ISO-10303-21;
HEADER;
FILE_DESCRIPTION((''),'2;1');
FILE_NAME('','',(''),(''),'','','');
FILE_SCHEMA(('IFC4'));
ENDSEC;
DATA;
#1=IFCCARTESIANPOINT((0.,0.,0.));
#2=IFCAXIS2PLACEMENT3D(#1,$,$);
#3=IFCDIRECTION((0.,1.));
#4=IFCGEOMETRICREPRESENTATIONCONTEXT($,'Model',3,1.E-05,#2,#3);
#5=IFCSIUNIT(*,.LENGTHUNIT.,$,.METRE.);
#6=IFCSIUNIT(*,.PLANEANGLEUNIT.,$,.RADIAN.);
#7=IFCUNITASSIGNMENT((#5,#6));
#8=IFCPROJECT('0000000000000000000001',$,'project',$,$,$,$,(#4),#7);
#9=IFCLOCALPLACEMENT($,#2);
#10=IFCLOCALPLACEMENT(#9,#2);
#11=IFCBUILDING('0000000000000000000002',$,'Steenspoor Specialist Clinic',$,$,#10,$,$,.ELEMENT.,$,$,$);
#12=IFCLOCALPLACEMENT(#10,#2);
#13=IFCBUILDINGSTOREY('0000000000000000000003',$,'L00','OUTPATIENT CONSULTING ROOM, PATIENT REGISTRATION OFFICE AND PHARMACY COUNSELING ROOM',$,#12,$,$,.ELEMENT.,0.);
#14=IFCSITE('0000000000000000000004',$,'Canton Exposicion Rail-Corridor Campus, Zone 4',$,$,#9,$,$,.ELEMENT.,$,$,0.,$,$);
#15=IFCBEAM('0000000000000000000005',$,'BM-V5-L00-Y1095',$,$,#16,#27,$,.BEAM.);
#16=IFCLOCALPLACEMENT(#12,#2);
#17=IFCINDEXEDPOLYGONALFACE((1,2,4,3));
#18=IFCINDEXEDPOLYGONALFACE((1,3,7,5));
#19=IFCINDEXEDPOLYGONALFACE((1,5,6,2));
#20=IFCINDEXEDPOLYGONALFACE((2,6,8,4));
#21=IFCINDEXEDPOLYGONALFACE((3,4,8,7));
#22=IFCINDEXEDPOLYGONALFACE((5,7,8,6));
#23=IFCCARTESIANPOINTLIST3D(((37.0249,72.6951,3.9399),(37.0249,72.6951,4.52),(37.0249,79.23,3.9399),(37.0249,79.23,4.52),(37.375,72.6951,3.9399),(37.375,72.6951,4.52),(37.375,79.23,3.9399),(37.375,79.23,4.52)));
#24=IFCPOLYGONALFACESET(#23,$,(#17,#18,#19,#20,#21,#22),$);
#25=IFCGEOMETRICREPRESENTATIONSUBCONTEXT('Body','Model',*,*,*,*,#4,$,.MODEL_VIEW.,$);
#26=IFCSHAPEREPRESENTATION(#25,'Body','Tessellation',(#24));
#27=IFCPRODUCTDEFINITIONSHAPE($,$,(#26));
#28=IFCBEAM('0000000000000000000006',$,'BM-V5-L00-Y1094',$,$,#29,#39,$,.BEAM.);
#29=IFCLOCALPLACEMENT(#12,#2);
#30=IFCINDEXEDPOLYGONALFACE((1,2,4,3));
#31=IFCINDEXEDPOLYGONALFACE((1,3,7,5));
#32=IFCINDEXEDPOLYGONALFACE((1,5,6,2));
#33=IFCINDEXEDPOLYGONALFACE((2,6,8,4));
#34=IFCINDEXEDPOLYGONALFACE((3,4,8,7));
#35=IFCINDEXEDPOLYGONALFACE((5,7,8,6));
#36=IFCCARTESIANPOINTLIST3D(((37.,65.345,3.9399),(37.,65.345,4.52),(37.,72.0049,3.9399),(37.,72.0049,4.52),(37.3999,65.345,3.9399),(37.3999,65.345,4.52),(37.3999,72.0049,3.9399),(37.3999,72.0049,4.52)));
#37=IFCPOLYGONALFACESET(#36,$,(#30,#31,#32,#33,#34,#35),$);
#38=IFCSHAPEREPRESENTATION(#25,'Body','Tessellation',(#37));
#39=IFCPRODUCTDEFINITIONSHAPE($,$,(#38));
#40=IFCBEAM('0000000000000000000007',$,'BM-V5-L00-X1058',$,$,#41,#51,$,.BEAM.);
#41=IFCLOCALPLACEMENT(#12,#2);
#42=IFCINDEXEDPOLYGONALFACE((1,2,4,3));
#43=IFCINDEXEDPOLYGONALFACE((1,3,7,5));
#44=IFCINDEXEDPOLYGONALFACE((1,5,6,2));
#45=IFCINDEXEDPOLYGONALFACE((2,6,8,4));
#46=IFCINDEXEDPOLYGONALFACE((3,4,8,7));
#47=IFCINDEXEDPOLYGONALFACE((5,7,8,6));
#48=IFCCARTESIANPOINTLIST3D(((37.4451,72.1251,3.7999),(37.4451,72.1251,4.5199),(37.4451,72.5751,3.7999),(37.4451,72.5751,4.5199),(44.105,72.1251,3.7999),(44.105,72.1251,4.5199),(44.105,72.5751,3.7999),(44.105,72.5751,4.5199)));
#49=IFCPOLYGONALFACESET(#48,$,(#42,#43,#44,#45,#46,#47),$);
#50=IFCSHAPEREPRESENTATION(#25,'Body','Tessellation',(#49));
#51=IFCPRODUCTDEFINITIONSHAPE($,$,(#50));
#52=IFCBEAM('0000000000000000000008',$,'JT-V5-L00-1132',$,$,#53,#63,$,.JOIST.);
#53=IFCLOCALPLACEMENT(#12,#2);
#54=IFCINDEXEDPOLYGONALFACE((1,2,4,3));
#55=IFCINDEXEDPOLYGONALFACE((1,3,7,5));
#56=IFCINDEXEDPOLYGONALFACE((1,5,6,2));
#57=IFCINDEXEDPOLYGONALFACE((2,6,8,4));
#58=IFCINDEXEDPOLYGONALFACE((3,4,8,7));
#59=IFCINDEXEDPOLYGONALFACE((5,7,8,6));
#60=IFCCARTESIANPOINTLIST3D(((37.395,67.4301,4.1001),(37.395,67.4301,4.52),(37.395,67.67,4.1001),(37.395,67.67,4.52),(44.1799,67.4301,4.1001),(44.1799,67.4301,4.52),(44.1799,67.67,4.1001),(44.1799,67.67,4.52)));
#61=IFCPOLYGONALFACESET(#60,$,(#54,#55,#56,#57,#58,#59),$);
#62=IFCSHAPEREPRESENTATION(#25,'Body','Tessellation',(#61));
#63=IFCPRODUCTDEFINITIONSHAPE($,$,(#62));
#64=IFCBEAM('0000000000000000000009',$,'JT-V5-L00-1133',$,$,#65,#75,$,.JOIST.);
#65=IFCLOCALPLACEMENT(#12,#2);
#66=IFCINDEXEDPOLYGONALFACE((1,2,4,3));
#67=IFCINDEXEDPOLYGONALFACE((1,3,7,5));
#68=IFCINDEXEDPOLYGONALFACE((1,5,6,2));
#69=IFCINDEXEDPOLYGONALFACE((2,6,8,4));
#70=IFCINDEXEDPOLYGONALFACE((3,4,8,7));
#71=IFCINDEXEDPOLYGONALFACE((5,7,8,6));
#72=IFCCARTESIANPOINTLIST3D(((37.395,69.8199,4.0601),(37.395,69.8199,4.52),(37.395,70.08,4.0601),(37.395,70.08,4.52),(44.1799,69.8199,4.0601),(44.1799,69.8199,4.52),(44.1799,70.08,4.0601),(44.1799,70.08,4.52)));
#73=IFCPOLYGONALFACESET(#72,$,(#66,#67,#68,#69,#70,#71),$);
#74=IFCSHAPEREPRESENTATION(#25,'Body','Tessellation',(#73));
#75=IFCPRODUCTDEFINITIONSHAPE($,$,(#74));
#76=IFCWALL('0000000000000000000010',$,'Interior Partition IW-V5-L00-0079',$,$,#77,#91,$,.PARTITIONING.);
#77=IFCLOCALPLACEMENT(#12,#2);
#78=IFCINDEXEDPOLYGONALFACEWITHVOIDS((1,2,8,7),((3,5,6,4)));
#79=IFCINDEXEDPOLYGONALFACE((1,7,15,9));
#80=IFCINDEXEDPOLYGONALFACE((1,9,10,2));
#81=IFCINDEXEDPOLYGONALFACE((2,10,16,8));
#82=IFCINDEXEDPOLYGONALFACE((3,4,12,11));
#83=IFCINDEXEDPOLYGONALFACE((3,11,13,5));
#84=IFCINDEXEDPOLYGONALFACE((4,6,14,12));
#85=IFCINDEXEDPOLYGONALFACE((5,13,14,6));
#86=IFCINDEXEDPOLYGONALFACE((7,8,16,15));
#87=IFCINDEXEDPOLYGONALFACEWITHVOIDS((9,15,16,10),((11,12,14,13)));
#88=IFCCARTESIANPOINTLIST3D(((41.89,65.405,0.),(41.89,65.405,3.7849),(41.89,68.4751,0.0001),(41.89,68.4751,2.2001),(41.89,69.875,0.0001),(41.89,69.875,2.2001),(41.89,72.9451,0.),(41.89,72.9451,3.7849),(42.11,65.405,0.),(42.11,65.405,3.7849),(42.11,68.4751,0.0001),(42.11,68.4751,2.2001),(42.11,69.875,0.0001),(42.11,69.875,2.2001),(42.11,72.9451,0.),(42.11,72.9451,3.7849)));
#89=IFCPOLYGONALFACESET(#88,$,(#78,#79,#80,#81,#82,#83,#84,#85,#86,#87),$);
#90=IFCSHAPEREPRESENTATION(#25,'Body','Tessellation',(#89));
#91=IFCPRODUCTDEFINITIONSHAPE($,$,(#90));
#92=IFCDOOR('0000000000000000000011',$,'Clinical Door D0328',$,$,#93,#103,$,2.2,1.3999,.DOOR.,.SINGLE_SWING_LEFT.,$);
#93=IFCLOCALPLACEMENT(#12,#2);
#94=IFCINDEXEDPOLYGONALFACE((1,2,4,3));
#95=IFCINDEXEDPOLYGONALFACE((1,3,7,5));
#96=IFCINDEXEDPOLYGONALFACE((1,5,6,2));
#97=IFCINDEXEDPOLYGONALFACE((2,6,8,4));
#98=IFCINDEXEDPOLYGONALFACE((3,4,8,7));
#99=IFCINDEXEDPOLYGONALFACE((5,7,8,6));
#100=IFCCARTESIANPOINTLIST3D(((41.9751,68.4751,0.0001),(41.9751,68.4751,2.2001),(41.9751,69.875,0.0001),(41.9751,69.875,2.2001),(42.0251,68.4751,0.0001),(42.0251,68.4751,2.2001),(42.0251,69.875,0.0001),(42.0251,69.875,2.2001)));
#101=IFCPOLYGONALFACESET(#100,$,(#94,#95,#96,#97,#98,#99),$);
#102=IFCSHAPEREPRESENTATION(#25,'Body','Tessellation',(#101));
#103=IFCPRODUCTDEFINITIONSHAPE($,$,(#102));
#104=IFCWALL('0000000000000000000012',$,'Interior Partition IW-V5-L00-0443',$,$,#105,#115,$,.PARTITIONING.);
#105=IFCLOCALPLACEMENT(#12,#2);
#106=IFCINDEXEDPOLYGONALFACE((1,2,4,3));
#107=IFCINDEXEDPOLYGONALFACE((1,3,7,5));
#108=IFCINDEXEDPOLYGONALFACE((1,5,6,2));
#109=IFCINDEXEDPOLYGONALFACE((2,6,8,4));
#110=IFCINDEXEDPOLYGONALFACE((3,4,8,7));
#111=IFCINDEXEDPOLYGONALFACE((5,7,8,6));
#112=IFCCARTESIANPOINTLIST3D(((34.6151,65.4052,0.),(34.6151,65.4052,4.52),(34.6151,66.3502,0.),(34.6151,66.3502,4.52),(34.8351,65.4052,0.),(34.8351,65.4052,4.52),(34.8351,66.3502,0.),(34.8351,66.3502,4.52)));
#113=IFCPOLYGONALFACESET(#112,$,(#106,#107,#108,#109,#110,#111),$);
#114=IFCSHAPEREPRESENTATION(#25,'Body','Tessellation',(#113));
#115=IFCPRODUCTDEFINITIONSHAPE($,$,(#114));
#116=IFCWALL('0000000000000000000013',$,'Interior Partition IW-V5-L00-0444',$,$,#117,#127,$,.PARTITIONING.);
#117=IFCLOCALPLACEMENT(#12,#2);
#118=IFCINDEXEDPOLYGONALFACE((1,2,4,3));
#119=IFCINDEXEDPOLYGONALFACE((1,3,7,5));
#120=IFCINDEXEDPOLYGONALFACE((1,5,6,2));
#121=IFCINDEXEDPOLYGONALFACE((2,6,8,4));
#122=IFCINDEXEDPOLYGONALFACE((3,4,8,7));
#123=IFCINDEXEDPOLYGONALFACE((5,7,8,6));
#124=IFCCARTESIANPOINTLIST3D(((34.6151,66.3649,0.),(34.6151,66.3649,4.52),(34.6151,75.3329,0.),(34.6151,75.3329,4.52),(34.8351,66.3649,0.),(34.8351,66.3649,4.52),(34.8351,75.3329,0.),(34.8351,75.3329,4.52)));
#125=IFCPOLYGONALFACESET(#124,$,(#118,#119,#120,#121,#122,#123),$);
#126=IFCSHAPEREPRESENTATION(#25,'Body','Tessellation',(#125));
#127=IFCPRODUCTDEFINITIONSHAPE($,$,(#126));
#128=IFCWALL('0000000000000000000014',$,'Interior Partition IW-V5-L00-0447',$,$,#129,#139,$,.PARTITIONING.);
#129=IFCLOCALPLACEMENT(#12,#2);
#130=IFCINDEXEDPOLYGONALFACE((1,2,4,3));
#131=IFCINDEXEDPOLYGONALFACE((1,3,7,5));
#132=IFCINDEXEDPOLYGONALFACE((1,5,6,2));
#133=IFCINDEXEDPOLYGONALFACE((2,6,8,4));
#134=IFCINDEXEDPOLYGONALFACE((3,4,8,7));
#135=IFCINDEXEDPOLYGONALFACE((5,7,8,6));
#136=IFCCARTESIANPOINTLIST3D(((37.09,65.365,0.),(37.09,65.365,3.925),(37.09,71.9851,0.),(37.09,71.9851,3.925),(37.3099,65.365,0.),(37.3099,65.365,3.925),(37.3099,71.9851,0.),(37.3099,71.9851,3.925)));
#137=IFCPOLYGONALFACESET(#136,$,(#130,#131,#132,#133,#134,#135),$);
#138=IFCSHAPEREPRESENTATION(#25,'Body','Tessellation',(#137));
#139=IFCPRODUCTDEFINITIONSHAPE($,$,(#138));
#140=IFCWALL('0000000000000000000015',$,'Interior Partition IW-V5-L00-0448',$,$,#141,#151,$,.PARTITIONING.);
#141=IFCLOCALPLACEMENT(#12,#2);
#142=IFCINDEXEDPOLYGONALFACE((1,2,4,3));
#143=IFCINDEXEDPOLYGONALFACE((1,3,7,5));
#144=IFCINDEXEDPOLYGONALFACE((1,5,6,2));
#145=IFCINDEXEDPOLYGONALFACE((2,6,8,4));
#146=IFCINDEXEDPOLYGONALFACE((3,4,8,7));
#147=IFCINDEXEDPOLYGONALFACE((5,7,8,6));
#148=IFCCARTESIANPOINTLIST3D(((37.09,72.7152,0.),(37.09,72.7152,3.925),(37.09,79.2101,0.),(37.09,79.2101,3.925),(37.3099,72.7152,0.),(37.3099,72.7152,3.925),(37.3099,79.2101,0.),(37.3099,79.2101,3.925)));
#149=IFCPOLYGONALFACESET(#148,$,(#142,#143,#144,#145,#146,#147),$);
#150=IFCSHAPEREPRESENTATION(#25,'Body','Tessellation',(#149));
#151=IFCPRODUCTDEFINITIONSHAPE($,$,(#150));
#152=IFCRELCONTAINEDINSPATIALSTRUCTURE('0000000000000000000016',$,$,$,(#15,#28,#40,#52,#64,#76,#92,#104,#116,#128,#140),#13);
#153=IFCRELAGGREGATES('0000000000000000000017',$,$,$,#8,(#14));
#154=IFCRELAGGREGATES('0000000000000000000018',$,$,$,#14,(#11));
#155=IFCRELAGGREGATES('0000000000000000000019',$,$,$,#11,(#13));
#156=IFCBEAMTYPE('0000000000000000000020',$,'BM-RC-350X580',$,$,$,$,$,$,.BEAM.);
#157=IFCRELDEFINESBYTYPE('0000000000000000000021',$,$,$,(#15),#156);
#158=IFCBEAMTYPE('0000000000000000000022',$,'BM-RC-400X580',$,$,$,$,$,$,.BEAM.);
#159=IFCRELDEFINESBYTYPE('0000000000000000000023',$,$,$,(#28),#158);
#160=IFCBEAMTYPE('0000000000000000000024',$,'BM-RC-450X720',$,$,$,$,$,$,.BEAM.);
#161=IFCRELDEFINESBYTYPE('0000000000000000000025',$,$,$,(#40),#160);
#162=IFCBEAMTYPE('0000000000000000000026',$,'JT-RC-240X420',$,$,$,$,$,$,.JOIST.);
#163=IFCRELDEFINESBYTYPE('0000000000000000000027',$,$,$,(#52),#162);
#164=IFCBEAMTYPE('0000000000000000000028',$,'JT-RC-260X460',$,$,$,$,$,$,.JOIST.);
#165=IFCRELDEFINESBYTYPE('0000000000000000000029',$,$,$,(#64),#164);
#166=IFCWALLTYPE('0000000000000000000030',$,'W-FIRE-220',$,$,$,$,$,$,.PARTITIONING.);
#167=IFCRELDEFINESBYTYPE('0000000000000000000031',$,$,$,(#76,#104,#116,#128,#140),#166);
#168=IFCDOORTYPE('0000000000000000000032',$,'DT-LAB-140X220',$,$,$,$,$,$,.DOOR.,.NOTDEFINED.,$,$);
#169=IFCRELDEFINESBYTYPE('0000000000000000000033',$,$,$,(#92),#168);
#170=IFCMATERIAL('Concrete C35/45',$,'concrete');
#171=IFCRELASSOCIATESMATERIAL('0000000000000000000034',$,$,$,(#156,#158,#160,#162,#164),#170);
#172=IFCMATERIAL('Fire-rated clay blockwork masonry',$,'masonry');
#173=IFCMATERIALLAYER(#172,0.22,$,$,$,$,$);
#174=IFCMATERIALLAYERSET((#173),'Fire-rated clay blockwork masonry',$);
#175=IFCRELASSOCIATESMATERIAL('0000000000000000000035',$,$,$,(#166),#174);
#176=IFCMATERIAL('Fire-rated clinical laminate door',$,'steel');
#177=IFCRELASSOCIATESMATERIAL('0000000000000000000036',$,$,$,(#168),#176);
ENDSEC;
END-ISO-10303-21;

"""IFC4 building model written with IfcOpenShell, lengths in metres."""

from ifc_helpers import new_model, si_unit, direction, frame, frame_2d, origin, origin_2d, place, context, subcontext, project, spatial, rectangle, extrude, material, layer, layer_set, material_profile, profile_set, type_object, element, fill, save


model = new_model("IFC4")

# Units and contexts
model_context = context("Model", 3, precision=1e-05, world=origin(), true_north=direction((0.0, 1.0)))
body_context = subcontext(model_context, "Body", "Model", "MODEL_VIEW")
ifc_project = project(units=[si_unit("LENGTHUNIT", "METRE"), si_unit("PLANEANGLEUNIT", "RADIAN")], contexts=[model_context])

# Site, building, storey
site_placement = place(None, origin())
site = spatial("IfcSite", under=ifc_project, at=site_placement, Name="Canton Exposicion Rail-Corridor Campus, Zone 4", CompositionType="ELEMENT", RefElevation=0.0)
building_placement = place(site_placement, origin())
building = spatial("IfcBuilding", under=site, at=building_placement, Name="Steenspoor Specialist Clinic", CompositionType="ELEMENT")
storey_placement = place(building_placement, origin())
storey = spatial("IfcBuildingStorey", under=building, at=storey_placement, Name="L00", Description="OUTPATIENT CONSULTING ROOM, PATIENT REGISTRATION OFFICE AND PHARMACY COUNSELING ROOM", CompositionType="ELEMENT", Elevation=0.0)

# Shared definitions
ifc_material_1 = material(Name="Concrete C35/45", Category="concrete")

# Beams
ifc_material_profile_1 = material_profile(ifc_material_1, rectangle(XDim=0.3501, YDim=0.5801, at=origin_2d()), Name="RC-BM-350X580")
ifc_profile_set_1 = profile_set([ifc_material_profile_1], Name="Concrete C35/45")
beam_type_1 = type_object("IfcBeamType", Name="BM-RC-350X580", PredefinedType="BEAM", material=ifc_profile_set_1)
beam_1_placement = place(storey_placement, frame((37.2, 72.6951, 4.23), z_axis=(0.0, 1.0, 0.0), x_axis=(-1.0, 0.0, 0.0)))
element("IfcBeam", 1, at=beam_1_placement, inside=storey, type_object=beam_type_1, Name="BM-V5-L00-Y1095", PredefinedType="BEAM", context=body_context, shape_type="SweptSolid", body=[
    extrude(rectangle(XDim=0.3501, YDim=0.5801, at=origin_2d()), origin(), (0.0, 0.0, 1.0), 6.5349),
])
ifc_material_profile_2 = material_profile(ifc_material_1, rectangle(XDim=0.3999, YDim=0.5801, at=origin_2d()), Name="RC-BM-400X580")
ifc_profile_set_2 = profile_set([ifc_material_profile_2], Name="Concrete C35/45")
beam_type_2 = type_object("IfcBeamType", Name="BM-RC-400X580", PredefinedType="BEAM", material=ifc_profile_set_2)
beam_2_placement = place(storey_placement, frame((37.2, 65.345, 4.23), z_axis=(0.0, 1.0, 0.0), x_axis=(-1.0, 0.0, 0.0)))
element("IfcBeam", 2, at=beam_2_placement, inside=storey, type_object=beam_type_2, Name="BM-V5-L00-Y1094", PredefinedType="BEAM", context=body_context, shape_type="SweptSolid", body=[
    extrude(rectangle(XDim=0.3999, YDim=0.5801, at=origin_2d()), origin(), (0.0, 0.0, 1.0), 6.6599),
])
ifc_material_profile_3 = material_profile(ifc_material_1, rectangle(XDim=0.45, YDim=0.72, at=origin_2d()), Name="RC-BM-450X720")
ifc_profile_set_3 = profile_set([ifc_material_profile_3], Name="Concrete C35/45")
beam_type_3 = type_object("IfcBeamType", Name="BM-RC-450X720", PredefinedType="BEAM", material=ifc_profile_set_3)
beam_3_placement = place(storey_placement, frame((37.4451, 72.3501, 4.1599), z_axis=(1.0, 0.0, 0.0), x_axis=(0.0, 1.0, 0.0)))
element("IfcBeam", 3, at=beam_3_placement, inside=storey, type_object=beam_type_3, Name="BM-V5-L00-X1058", PredefinedType="BEAM", context=body_context, shape_type="SweptSolid", body=[
    extrude(rectangle(XDim=0.45, YDim=0.72, at=origin_2d()), origin(), (0.0, 0.0, 1.0), 6.6599),
])
ifc_material_profile_4 = material_profile(ifc_material_1, rectangle(XDim=0.24, YDim=0.4199, at=origin_2d()), Name="RC-JT-240X420")
ifc_profile_set_4 = profile_set([ifc_material_profile_4], Name="Concrete C35/45")
beam_type_4 = type_object("IfcBeamType", Name="JT-RC-240X420", PredefinedType="JOIST", material=ifc_profile_set_4)
beam_4_placement = place(storey_placement, frame((37.395, 67.55, 4.3101), z_axis=(1.0, 0.0, 0.0), x_axis=(0.0, 1.0, 0.0)))
element("IfcBeam", 4, at=beam_4_placement, inside=storey, type_object=beam_type_4, Name="JT-V5-L00-1132", PredefinedType="JOIST", context=body_context, shape_type="SweptSolid", body=[
    extrude(rectangle(XDim=0.24, YDim=0.4199, at=origin_2d()), origin(), (0.0, 0.0, 1.0), 6.7849),
])
ifc_material_profile_5 = material_profile(ifc_material_1, rectangle(XDim=0.26, YDim=0.46, at=origin_2d()), Name="RC-JT-260X460")
ifc_profile_set_5 = profile_set([ifc_material_profile_5], Name="Concrete C35/45")
beam_type_5 = type_object("IfcBeamType", Name="JT-RC-260X460", PredefinedType="JOIST", material=ifc_profile_set_5)
beam_5_placement = place(storey_placement, frame((37.395, 69.95, 4.29), z_axis=(1.0, 0.0, 0.0), x_axis=(0.0, 1.0, 0.0)))
element("IfcBeam", 5, at=beam_5_placement, inside=storey, type_object=beam_type_5, Name="JT-V5-L00-1133", PredefinedType="JOIST", context=body_context, shape_type="SweptSolid", body=[
    extrude(rectangle(XDim=0.26, YDim=0.46, at=origin_2d()), origin(), (0.0, 0.0, 1.0), 6.7849),
])

# Wall, opening, door
ifc_material_2 = material(Name="Fire-rated clay blockwork masonry", Category="masonry")
ifc_layer_1 = layer(ifc_material_2, 0.22)
ifc_layer_set_1 = layer_set([ifc_layer_1], Name="Fire-rated clay blockwork masonry")
wall_type_1 = type_object("IfcWallType", Name="W-FIRE-220", PredefinedType="PARTITIONING", material=ifc_layer_set_1)
wall_1_placement = place(storey_placement, frame((42.0, 65.405, 0.0), z_axis=(0.0, 0.0, 1.0), x_axis=(0.0, 1.0, 0.0)))
wall_1 = element("IfcWall", 6, at=wall_1_placement, inside=storey, type_object=wall_type_1, Name="Interior Partition IW-V5-L00-0079", PredefinedType="PARTITIONING", context=body_context, shape_type="SweptSolid", body=[
    extrude(rectangle(XDim=7.54, YDim=0.22, at=frame_2d((3.77, 0.0))), origin(), (0.0, 0.0, 1.0), 3.7849),
])
opening_1_placement = place(wall_1_placement, frame((3.0701, 0.0, 0.0)))
opening_1 = element("IfcOpeningElement", 7, at=opening_1_placement, cuts=wall_1, PredefinedType="OPENING", context=body_context, shape_type="SweptSolid", body=[
    extrude(rectangle(XDim=1.3999, YDim=2.2, at=frame_2d((0.7, 1.1001))), frame((0.0, 0.1201, 0.0), z_axis=(0.0, -1.0, 0.0), x_axis=(1.0, 0.0, 0.0)), (0.0, 0.0, 1.0), 0.24),
])
ifc_material_3 = material(Name="Fire-rated clinical laminate door", Category="steel")
door_type_1 = type_object("IfcDoorType", Name="DT-LAB-140X220", OperationType="NOTDEFINED", PredefinedType="DOOR", material=ifc_material_3)
door_1_placement = place(opening_1_placement, origin())
door_1 = element("IfcDoor", 8, at=door_1_placement, inside=storey, type_object=door_type_1, Name="Clinical Door D0328", OperationType="SINGLE_SWING_LEFT", OverallHeight=2.2, OverallWidth=1.3999, PredefinedType="DOOR", context=body_context, shape_type="SweptSolid", body=[
    extrude(rectangle(XDim=1.3999, YDim=2.2, at=frame_2d((0.7, 1.1001))), frame((0.0, 0.0249, 0.0), z_axis=(0.0, -1.0, 0.0), x_axis=(1.0, 0.0, 0.0)), (0.0, 0.0, 1.0), 0.05),
])
fill(opening_1, door_1)

# Walls
wall_2_placement = place(storey_placement, frame((34.7251, 65.405, 0.0), z_axis=(0.0, 0.0, 1.0), x_axis=(0.0, 1.0, 0.0)))
element("IfcWall", 9, at=wall_2_placement, inside=storey, type_object=wall_type_1, Name="Interior Partition IW-V5-L00-0443", PredefinedType="PARTITIONING", context=body_context, shape_type="SweptSolid", body=[
    extrude(rectangle(XDim=0.9451, YDim=0.22, at=frame_2d((0.4727, 0.0))), origin(), (0.0, 0.0, 1.0), 4.52),
])
wall_3_placement = place(storey_placement, frame((34.7251, 66.365, 0.0), z_axis=(0.0, 0.0, 1.0), x_axis=(0.0, 1.0, 0.0)))
element("IfcWall", 10, at=wall_3_placement, inside=storey, type_object=wall_type_1, Name="Interior Partition IW-V5-L00-0444", PredefinedType="PARTITIONING", context=body_context, shape_type="SweptSolid", body=[
    extrude(rectangle(XDim=8.968, YDim=0.22, at=frame_2d((4.4839, 0.0))), origin(), (0.0, 0.0, 1.0), 4.52),
])
wall_4_placement = place(storey_placement, frame((37.2, 65.365, 0.0), z_axis=(0.0, 0.0, 1.0), x_axis=(0.0, 1.0, 0.0)))
element("IfcWall", 11, at=wall_4_placement, inside=storey, type_object=wall_type_1, Name="Interior Partition IW-V5-L00-0447", PredefinedType="PARTITIONING", context=body_context, shape_type="SweptSolid", body=[
    extrude(rectangle(XDim=6.6201, YDim=0.22, at=frame_2d((3.3101, 0.0))), origin(), (0.0, 0.0, 1.0), 3.925),
])
wall_5_placement = place(storey_placement, frame((37.2, 72.7151, 0.0), z_axis=(0.0, 0.0, 1.0), x_axis=(0.0, 1.0, 0.0)))
element("IfcWall", 12, at=wall_5_placement, inside=storey, type_object=wall_type_1, Name="Interior Partition IW-V5-L00-0448", PredefinedType="PARTITIONING", context=body_context, shape_type="SweptSolid", body=[
    extrude(rectangle(XDim=6.4949, YDim=0.22, at=frame_2d((3.2476, 0.0))), origin(), (0.0, 0.0, 1.0), 3.925),
])

save(model, "model.ifc")
